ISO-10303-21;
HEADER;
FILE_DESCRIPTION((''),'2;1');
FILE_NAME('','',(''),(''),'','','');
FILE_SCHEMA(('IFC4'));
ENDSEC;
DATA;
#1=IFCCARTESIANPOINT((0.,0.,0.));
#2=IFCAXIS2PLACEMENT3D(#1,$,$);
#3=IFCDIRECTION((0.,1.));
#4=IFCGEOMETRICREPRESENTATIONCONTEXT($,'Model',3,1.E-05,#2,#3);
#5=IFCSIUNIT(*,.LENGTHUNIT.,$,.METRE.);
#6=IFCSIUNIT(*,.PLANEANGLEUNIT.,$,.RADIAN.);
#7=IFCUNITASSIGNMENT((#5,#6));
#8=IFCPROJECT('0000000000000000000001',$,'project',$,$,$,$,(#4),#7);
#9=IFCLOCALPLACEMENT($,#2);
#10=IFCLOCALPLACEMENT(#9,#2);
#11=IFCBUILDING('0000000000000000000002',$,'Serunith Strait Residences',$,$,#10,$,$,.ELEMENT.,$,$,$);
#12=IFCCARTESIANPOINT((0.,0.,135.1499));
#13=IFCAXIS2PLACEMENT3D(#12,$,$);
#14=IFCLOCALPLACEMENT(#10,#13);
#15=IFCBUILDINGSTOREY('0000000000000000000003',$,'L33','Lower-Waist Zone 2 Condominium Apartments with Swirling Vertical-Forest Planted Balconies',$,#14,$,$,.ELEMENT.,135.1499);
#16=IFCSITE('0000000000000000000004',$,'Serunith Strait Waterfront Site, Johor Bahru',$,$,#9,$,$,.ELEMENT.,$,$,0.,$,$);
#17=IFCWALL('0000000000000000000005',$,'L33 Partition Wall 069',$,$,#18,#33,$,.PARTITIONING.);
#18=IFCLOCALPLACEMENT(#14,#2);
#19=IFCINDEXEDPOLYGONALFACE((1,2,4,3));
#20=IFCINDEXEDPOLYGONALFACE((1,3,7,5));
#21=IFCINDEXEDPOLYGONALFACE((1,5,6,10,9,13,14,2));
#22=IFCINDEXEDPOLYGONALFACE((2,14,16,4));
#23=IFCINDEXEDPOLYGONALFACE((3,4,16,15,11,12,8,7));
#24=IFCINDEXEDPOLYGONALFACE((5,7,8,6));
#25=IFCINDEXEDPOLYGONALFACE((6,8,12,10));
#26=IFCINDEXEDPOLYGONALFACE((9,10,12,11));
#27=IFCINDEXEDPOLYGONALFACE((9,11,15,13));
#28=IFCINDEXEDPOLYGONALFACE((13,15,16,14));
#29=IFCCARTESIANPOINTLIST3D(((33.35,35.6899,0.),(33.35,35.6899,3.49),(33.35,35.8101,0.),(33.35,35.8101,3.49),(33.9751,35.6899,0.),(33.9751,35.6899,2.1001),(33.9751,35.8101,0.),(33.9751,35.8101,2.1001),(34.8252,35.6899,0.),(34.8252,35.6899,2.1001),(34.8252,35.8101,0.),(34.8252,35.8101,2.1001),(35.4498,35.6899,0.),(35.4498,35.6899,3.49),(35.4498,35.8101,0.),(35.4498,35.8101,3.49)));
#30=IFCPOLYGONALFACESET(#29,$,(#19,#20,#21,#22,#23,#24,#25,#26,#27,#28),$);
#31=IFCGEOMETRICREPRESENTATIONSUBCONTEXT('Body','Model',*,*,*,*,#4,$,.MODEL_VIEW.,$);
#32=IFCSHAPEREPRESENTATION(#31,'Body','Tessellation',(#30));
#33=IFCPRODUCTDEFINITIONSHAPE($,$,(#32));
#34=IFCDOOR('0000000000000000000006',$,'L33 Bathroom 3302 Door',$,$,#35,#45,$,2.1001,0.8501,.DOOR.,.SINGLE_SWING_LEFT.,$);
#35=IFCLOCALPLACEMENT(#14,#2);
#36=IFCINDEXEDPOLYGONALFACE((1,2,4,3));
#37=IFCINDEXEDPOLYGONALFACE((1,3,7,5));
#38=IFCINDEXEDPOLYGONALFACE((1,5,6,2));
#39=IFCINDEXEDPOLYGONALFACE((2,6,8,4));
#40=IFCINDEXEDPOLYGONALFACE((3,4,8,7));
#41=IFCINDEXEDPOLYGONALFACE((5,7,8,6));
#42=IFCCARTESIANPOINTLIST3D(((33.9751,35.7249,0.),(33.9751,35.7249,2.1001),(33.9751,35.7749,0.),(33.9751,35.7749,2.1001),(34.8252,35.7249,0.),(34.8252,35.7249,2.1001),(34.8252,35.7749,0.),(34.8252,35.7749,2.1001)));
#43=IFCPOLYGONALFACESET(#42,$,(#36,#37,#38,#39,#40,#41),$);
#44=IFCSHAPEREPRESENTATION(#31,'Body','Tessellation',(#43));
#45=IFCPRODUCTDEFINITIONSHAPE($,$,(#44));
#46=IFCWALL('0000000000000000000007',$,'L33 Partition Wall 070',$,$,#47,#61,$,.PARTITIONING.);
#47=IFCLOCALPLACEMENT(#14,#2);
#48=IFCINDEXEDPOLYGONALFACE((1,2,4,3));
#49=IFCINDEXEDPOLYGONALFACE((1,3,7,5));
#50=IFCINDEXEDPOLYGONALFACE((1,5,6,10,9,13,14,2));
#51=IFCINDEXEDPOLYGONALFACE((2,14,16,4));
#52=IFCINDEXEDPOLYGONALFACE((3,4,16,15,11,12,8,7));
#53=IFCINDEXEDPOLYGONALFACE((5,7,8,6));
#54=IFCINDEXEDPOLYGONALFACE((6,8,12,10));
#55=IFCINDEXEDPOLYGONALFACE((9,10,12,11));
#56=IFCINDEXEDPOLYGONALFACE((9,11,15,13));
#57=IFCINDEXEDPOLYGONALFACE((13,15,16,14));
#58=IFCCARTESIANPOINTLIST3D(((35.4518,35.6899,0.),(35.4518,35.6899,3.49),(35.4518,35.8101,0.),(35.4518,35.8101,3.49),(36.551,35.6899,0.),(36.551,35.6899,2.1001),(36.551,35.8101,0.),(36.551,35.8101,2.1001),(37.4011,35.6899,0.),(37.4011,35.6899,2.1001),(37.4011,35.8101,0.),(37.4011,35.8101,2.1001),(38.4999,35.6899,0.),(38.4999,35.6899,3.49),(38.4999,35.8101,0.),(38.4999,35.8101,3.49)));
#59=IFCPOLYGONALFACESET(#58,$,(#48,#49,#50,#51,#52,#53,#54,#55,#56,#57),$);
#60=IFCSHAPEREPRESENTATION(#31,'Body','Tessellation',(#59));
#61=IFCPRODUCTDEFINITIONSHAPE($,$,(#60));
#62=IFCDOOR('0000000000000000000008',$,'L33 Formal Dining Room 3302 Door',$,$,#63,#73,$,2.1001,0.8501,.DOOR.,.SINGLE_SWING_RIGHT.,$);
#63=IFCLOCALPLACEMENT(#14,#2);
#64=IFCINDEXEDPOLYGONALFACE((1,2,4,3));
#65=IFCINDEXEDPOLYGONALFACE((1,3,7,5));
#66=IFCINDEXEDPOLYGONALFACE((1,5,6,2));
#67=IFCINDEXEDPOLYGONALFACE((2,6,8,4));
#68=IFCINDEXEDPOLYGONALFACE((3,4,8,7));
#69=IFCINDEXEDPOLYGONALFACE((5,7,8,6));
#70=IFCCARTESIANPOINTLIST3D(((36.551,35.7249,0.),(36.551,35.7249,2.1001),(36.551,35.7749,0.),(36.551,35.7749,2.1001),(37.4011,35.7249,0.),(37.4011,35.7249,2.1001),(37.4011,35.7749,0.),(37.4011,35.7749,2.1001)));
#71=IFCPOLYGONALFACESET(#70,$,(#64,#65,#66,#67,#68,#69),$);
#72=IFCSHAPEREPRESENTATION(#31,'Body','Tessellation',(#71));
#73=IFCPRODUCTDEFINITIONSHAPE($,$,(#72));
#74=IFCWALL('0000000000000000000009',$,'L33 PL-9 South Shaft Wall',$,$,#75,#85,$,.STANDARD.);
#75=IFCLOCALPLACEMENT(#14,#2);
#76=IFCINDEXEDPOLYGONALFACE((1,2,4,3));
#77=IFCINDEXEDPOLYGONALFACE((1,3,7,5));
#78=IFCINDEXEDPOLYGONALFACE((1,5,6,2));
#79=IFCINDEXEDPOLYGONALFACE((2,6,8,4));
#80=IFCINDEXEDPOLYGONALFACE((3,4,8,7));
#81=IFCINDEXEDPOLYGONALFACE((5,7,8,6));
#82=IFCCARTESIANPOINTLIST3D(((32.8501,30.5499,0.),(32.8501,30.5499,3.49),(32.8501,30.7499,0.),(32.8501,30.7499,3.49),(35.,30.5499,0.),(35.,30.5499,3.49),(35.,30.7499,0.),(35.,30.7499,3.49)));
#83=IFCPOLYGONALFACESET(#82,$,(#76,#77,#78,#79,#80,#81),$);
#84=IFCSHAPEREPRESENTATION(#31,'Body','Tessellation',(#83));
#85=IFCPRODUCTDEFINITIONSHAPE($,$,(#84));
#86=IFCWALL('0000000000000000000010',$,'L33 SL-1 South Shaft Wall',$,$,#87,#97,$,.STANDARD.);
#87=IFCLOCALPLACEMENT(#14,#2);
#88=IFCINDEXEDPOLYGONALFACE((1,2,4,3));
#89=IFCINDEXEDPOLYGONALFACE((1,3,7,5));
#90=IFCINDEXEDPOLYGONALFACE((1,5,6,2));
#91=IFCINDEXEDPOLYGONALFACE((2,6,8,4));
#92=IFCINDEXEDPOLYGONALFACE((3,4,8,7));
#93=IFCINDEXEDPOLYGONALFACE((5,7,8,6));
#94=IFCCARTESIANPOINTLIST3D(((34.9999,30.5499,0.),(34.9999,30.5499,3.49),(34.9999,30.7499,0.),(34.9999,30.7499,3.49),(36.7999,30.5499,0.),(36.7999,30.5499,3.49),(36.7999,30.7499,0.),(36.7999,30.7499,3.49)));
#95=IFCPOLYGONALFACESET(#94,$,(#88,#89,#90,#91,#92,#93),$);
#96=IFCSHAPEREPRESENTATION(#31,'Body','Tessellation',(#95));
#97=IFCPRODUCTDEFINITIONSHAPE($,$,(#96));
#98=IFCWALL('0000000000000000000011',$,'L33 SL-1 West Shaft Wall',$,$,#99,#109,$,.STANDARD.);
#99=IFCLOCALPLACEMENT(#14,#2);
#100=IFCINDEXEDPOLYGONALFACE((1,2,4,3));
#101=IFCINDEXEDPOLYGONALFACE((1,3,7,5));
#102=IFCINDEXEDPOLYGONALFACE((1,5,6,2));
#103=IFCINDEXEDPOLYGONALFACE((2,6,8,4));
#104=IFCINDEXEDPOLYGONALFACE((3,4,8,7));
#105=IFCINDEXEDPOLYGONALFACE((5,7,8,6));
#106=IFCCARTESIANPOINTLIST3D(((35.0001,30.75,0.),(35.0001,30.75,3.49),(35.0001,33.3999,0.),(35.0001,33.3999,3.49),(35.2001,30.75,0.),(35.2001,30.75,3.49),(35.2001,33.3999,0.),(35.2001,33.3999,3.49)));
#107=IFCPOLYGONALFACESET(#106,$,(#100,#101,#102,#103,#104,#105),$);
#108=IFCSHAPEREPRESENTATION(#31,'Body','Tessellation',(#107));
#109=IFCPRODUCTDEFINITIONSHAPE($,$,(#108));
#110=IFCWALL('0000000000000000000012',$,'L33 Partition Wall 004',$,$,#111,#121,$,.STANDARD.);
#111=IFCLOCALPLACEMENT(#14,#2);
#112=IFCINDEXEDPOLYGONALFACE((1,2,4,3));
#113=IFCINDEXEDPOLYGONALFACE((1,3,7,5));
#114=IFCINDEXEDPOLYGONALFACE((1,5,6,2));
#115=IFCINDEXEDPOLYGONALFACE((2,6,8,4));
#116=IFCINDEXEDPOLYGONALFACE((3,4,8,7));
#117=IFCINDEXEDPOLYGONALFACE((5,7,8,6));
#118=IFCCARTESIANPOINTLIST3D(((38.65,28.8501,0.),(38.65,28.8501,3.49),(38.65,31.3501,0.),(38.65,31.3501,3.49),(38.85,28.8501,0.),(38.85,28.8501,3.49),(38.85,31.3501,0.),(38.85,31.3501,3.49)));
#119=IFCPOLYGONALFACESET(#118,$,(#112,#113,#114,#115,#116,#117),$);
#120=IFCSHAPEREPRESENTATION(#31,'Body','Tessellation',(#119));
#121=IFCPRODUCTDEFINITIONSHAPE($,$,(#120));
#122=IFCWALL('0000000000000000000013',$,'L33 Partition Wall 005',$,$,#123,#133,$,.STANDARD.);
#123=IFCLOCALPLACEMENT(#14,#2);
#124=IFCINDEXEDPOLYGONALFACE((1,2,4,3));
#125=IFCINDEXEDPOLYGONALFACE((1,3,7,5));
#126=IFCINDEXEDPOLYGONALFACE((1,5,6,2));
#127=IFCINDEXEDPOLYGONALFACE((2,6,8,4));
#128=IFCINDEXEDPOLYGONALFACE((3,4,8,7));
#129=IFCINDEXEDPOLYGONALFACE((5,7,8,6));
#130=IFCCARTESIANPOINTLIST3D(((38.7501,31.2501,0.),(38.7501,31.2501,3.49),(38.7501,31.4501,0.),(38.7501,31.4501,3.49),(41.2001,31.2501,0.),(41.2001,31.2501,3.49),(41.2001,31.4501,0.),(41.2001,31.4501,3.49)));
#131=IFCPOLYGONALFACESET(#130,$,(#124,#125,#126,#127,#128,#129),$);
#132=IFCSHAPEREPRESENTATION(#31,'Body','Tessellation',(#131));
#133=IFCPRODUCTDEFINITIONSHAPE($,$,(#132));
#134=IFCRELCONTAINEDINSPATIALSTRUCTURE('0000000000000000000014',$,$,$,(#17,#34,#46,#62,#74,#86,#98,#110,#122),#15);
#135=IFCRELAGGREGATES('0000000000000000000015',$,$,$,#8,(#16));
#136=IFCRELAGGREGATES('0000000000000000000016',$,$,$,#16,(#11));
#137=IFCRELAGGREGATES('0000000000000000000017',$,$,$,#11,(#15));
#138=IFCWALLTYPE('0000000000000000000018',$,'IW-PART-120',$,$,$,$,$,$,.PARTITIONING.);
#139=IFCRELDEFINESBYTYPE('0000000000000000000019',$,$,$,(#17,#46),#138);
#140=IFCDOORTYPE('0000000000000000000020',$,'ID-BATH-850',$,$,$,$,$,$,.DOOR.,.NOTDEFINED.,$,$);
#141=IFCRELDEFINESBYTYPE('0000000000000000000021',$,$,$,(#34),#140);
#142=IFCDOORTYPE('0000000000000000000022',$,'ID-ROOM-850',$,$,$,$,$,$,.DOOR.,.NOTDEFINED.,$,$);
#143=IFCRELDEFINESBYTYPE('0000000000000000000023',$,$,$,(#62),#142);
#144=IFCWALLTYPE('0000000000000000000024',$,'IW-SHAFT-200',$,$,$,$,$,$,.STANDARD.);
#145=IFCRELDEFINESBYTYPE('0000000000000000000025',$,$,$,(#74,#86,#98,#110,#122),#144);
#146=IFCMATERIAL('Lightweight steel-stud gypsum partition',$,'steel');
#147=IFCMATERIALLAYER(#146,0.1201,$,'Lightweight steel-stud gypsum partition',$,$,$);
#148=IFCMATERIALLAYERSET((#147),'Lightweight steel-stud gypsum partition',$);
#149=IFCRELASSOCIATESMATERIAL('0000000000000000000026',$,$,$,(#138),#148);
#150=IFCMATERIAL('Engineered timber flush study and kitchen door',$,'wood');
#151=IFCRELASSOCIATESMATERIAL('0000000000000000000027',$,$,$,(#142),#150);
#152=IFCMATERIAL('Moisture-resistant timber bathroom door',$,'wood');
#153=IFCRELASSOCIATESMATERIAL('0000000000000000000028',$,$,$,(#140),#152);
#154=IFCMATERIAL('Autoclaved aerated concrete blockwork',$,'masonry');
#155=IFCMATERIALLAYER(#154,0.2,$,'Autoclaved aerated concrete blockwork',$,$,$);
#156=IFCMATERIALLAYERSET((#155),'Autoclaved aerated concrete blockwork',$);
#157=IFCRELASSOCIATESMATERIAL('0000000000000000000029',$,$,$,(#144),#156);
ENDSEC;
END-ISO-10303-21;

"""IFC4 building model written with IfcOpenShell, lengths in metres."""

from ifc_helpers import new_model, si_unit, direction, frame, frame_2d, origin, place, context, subcontext, project, spatial, rectangle, extrude, source, transform, mapped, material, layer, layer_set, type_object, element, fill, save


model = new_model("IFC4")

# Units and contexts
model_context = context("Model", 3, precision=1e-05, world=origin(), true_north=direction((0.0, 1.0)))
body_context = subcontext(model_context, "Body", "Model", "MODEL_VIEW")
ifc_project = project(units=[si_unit("LENGTHUNIT", "METRE"), si_unit("PLANEANGLEUNIT", "RADIAN")], contexts=[model_context])

# Site, building, storey
site_placement = place(None, origin())
site = spatial("IfcSite", under=ifc_project, at=site_placement, Name="Serunith Strait Waterfront Site, Johor Bahru", CompositionType="ELEMENT", RefElevation=0.0)
building_placement = place(site_placement, origin())
building = spatial("IfcBuilding", under=site, at=building_placement, Name="Serunith Strait Residences", CompositionType="ELEMENT")
storey_placement = place(building_placement, frame((0.0, 0.0, 135.1499)))
storey = spatial("IfcBuildingStorey", under=building, at=storey_placement, Name="L33", Description="Lower-Waist Zone 2 Condominium Apartments with Swirling Vertical-Forest Planted Balconies", CompositionType="ELEMENT", Elevation=135.1499)

# Walls, openings, doors
shared_shape_1 = source(origin(), body_context, "Body", "SweptSolid", [
    extrude(rectangle(XDim=0.8501, YDim=2.1001, at=frame_2d((0.425, 1.05))), frame((0.0, 0.0249, 0.0), z_axis=(0.0, -1.0, 0.0), x_axis=(1.0, 0.0, 0.0)), (0.0, 0.0, 1.0), 0.05),
])
ifc_material_1 = material(Name="Lightweight steel-stud gypsum partition", Category="steel")
ifc_layer_1 = layer(ifc_material_1, 0.1201, Name="Lightweight steel-stud gypsum partition")
ifc_layer_set_1 = layer_set([ifc_layer_1], Name="Lightweight steel-stud gypsum partition")
wall_type_1 = type_object("IfcWallType", Name="IW-PART-120", PredefinedType="PARTITIONING", material=ifc_layer_set_1)
ifc_material_2 = material(Name="Engineered timber flush study and kitchen door", Category="wood")
door_type_1 = type_object("IfcDoorType", Name="ID-ROOM-850", OperationType="NOTDEFINED", PredefinedType="DOOR", material=ifc_material_2)
wall_1_placement = place(storey_placement, frame((33.3501, 35.75, 0.0), z_axis=(0.0, 0.0, 1.0), x_axis=(1.0, 0.0, 0.0)))
wall_1 = element("IfcWall", 1, at=wall_1_placement, inside=storey, type_object=wall_type_1, Name="L33 Partition Wall 069", PredefinedType="PARTITIONING", context=body_context, shape_type="SweptSolid", body=[
    extrude(rectangle(XDim=2.0999, YDim=0.1201, at=frame_2d((1.0498, 0.0))), origin(), (0.0, 0.0, 1.0), 3.49),
])
opening_1_placement = place(wall_1_placement, frame((0.625, 0.0, 0.0)))
opening_1 = element("IfcOpeningElement", 2, at=opening_1_placement, cuts=wall_1, PredefinedType="OPENING", context=body_context, shape_type="SweptSolid", body=[
    extrude(rectangle(XDim=0.8501, YDim=2.1001, at=frame_2d((0.425, 1.05))), frame((0.0, 0.0701, 0.0), z_axis=(0.0, -1.0, 0.0), x_axis=(1.0, 0.0, 0.0)), (0.0, 0.0, 1.0), 0.1401),
])
ifc_material_3 = material(Name="Moisture-resistant timber bathroom door", Category="wood")
door_type_2 = type_object("IfcDoorType", Name="ID-BATH-850", OperationType="NOTDEFINED", PredefinedType="DOOR", material=ifc_material_3)
door_1_placement = place(opening_1_placement, origin())
door_1 = element("IfcDoor", 3, at=door_1_placement, inside=storey, type_object=door_type_2, Name="L33 Bathroom 3302 Door", OperationType="SINGLE_SWING_LEFT", OverallHeight=2.1001, OverallWidth=0.8501, PredefinedType="DOOR", context=body_context, shape_type="MappedRepresentation", body=[
    mapped(shared_shape_1, transform((0.0, 0.0, 0.0), scale=1.0)),
])
fill(opening_1, door_1)
wall_2_placement = place(storey_placement, frame((35.4519, 35.75, 0.0), z_axis=(0.0, 0.0, 1.0), x_axis=(1.0, 0.0, 0.0)))
wall_2 = element("IfcWall", 4, at=wall_2_placement, inside=storey, type_object=wall_type_1, Name="L33 Partition Wall 070", PredefinedType="PARTITIONING", context=body_context, shape_type="SweptSolid", body=[
    extrude(rectangle(XDim=3.0481, YDim=0.1201, at=frame_2d((1.5239, 0.0))), origin(), (0.0, 0.0, 1.0), 3.49),
])
opening_2_placement = place(wall_2_placement, frame((1.0991, 0.0, 0.0)))
opening_2 = element("IfcOpeningElement", 5, at=opening_2_placement, cuts=wall_2, PredefinedType="OPENING", context=body_context, shape_type="SweptSolid", body=[
    extrude(rectangle(XDim=0.8501, YDim=2.1001, at=frame_2d((0.425, 1.05))), frame((0.0, 0.0701, 0.0), z_axis=(0.0, -1.0, 0.0), x_axis=(1.0, 0.0, 0.0)), (0.0, 0.0, 1.0), 0.1401),
])
door_2_placement = place(opening_2_placement, origin())
door_2 = element("IfcDoor", 6, at=door_2_placement, inside=storey, type_object=door_type_1, Name="L33 Formal Dining Room 3302 Door", OperationType="SINGLE_SWING_RIGHT", OverallHeight=2.1001, OverallWidth=0.8501, PredefinedType="DOOR", context=body_context, shape_type="MappedRepresentation", body=[
    mapped(shared_shape_1, transform((0.0, 0.0, 0.0), scale=1.0)),
])
fill(opening_2, door_2)

# Walls
ifc_material_4 = material(Name="Autoclaved aerated concrete blockwork", Category="masonry")
ifc_layer_2 = layer(ifc_material_4, 0.2, Name="Autoclaved aerated concrete blockwork")
ifc_layer_set_2 = layer_set([ifc_layer_2], Name="Autoclaved aerated concrete blockwork")
wall_type_2 = type_object("IfcWallType", Name="IW-SHAFT-200", PredefinedType="STANDARD", material=ifc_layer_set_2)
wall_3_placement = place(storey_placement, frame((32.8501, 30.6499, 0.0), z_axis=(0.0, 0.0, 1.0), x_axis=(1.0, 0.0, 0.0)))
element("IfcWall", 7, at=wall_3_placement, inside=storey, type_object=wall_type_2, Name="L33 PL-9 South Shaft Wall", PredefinedType="STANDARD", context=body_context, shape_type="SweptSolid", body=[
    extrude(rectangle(XDim=2.1499, YDim=0.2, at=frame_2d((1.075, 0.0))), origin(), (0.0, 0.0, 1.0), 3.49),
])
wall_4_placement = place(storey_placement, frame((35.0, 30.6499, 0.0), z_axis=(0.0, 0.0, 1.0), x_axis=(1.0, 0.0, 0.0)))
element("IfcWall", 8, at=wall_4_placement, inside=storey, type_object=wall_type_2, Name="L33 SL-1 South Shaft Wall", PredefinedType="STANDARD", context=body_context, shape_type="SweptSolid", body=[
    extrude(rectangle(XDim=1.8, YDim=0.2, at=frame_2d((0.8999, 0.0))), origin(), (0.0, 0.0, 1.0), 3.49),
])
wall_5_placement = place(storey_placement, frame((35.1001, 30.75, 0.0), z_axis=(0.0, 0.0, 1.0), x_axis=(0.0, 1.0, 0.0)))
element("IfcWall", 9, at=wall_5_placement, inside=storey, type_object=wall_type_2, Name="L33 SL-1 West Shaft Wall", PredefinedType="STANDARD", context=body_context, shape_type="SweptSolid", body=[
    extrude(rectangle(XDim=2.6499, YDim=0.2, at=frame_2d((1.325, 0.0))), origin(), (0.0, 0.0, 1.0), 3.49),
])
wall_6_placement = place(storey_placement, frame((38.75, 28.8501, 0.0), z_axis=(0.0, 0.0, 1.0), x_axis=(0.0, 1.0, 0.0)))
element("IfcWall", 10, at=wall_6_placement, inside=storey, type_object=wall_type_2, Name="L33 Partition Wall 004", PredefinedType="STANDARD", context=body_context, shape_type="SweptSolid", body=[
    extrude(rectangle(XDim=2.5, YDim=0.2, at=frame_2d((1.25, 0.0))), origin(), (0.0, 0.0, 1.0), 3.49),
])
wall_7_placement = place(storey_placement, frame((38.75, 31.3501, 0.0), z_axis=(0.0, 0.0, 1.0), x_axis=(1.0, 0.0, 0.0)))
element("IfcWall", 11, at=wall_7_placement, inside=storey, type_object=wall_type_2, Name="L33 Partition Wall 005", PredefinedType="STANDARD", context=body_context, shape_type="SweptSolid", body=[
    extrude(rectangle(XDim=2.45, YDim=0.2, at=frame_2d((1.2251, 0.0))), origin(), (0.0, 0.0, 1.0), 3.49),
])

save(model, "model.ifc")
